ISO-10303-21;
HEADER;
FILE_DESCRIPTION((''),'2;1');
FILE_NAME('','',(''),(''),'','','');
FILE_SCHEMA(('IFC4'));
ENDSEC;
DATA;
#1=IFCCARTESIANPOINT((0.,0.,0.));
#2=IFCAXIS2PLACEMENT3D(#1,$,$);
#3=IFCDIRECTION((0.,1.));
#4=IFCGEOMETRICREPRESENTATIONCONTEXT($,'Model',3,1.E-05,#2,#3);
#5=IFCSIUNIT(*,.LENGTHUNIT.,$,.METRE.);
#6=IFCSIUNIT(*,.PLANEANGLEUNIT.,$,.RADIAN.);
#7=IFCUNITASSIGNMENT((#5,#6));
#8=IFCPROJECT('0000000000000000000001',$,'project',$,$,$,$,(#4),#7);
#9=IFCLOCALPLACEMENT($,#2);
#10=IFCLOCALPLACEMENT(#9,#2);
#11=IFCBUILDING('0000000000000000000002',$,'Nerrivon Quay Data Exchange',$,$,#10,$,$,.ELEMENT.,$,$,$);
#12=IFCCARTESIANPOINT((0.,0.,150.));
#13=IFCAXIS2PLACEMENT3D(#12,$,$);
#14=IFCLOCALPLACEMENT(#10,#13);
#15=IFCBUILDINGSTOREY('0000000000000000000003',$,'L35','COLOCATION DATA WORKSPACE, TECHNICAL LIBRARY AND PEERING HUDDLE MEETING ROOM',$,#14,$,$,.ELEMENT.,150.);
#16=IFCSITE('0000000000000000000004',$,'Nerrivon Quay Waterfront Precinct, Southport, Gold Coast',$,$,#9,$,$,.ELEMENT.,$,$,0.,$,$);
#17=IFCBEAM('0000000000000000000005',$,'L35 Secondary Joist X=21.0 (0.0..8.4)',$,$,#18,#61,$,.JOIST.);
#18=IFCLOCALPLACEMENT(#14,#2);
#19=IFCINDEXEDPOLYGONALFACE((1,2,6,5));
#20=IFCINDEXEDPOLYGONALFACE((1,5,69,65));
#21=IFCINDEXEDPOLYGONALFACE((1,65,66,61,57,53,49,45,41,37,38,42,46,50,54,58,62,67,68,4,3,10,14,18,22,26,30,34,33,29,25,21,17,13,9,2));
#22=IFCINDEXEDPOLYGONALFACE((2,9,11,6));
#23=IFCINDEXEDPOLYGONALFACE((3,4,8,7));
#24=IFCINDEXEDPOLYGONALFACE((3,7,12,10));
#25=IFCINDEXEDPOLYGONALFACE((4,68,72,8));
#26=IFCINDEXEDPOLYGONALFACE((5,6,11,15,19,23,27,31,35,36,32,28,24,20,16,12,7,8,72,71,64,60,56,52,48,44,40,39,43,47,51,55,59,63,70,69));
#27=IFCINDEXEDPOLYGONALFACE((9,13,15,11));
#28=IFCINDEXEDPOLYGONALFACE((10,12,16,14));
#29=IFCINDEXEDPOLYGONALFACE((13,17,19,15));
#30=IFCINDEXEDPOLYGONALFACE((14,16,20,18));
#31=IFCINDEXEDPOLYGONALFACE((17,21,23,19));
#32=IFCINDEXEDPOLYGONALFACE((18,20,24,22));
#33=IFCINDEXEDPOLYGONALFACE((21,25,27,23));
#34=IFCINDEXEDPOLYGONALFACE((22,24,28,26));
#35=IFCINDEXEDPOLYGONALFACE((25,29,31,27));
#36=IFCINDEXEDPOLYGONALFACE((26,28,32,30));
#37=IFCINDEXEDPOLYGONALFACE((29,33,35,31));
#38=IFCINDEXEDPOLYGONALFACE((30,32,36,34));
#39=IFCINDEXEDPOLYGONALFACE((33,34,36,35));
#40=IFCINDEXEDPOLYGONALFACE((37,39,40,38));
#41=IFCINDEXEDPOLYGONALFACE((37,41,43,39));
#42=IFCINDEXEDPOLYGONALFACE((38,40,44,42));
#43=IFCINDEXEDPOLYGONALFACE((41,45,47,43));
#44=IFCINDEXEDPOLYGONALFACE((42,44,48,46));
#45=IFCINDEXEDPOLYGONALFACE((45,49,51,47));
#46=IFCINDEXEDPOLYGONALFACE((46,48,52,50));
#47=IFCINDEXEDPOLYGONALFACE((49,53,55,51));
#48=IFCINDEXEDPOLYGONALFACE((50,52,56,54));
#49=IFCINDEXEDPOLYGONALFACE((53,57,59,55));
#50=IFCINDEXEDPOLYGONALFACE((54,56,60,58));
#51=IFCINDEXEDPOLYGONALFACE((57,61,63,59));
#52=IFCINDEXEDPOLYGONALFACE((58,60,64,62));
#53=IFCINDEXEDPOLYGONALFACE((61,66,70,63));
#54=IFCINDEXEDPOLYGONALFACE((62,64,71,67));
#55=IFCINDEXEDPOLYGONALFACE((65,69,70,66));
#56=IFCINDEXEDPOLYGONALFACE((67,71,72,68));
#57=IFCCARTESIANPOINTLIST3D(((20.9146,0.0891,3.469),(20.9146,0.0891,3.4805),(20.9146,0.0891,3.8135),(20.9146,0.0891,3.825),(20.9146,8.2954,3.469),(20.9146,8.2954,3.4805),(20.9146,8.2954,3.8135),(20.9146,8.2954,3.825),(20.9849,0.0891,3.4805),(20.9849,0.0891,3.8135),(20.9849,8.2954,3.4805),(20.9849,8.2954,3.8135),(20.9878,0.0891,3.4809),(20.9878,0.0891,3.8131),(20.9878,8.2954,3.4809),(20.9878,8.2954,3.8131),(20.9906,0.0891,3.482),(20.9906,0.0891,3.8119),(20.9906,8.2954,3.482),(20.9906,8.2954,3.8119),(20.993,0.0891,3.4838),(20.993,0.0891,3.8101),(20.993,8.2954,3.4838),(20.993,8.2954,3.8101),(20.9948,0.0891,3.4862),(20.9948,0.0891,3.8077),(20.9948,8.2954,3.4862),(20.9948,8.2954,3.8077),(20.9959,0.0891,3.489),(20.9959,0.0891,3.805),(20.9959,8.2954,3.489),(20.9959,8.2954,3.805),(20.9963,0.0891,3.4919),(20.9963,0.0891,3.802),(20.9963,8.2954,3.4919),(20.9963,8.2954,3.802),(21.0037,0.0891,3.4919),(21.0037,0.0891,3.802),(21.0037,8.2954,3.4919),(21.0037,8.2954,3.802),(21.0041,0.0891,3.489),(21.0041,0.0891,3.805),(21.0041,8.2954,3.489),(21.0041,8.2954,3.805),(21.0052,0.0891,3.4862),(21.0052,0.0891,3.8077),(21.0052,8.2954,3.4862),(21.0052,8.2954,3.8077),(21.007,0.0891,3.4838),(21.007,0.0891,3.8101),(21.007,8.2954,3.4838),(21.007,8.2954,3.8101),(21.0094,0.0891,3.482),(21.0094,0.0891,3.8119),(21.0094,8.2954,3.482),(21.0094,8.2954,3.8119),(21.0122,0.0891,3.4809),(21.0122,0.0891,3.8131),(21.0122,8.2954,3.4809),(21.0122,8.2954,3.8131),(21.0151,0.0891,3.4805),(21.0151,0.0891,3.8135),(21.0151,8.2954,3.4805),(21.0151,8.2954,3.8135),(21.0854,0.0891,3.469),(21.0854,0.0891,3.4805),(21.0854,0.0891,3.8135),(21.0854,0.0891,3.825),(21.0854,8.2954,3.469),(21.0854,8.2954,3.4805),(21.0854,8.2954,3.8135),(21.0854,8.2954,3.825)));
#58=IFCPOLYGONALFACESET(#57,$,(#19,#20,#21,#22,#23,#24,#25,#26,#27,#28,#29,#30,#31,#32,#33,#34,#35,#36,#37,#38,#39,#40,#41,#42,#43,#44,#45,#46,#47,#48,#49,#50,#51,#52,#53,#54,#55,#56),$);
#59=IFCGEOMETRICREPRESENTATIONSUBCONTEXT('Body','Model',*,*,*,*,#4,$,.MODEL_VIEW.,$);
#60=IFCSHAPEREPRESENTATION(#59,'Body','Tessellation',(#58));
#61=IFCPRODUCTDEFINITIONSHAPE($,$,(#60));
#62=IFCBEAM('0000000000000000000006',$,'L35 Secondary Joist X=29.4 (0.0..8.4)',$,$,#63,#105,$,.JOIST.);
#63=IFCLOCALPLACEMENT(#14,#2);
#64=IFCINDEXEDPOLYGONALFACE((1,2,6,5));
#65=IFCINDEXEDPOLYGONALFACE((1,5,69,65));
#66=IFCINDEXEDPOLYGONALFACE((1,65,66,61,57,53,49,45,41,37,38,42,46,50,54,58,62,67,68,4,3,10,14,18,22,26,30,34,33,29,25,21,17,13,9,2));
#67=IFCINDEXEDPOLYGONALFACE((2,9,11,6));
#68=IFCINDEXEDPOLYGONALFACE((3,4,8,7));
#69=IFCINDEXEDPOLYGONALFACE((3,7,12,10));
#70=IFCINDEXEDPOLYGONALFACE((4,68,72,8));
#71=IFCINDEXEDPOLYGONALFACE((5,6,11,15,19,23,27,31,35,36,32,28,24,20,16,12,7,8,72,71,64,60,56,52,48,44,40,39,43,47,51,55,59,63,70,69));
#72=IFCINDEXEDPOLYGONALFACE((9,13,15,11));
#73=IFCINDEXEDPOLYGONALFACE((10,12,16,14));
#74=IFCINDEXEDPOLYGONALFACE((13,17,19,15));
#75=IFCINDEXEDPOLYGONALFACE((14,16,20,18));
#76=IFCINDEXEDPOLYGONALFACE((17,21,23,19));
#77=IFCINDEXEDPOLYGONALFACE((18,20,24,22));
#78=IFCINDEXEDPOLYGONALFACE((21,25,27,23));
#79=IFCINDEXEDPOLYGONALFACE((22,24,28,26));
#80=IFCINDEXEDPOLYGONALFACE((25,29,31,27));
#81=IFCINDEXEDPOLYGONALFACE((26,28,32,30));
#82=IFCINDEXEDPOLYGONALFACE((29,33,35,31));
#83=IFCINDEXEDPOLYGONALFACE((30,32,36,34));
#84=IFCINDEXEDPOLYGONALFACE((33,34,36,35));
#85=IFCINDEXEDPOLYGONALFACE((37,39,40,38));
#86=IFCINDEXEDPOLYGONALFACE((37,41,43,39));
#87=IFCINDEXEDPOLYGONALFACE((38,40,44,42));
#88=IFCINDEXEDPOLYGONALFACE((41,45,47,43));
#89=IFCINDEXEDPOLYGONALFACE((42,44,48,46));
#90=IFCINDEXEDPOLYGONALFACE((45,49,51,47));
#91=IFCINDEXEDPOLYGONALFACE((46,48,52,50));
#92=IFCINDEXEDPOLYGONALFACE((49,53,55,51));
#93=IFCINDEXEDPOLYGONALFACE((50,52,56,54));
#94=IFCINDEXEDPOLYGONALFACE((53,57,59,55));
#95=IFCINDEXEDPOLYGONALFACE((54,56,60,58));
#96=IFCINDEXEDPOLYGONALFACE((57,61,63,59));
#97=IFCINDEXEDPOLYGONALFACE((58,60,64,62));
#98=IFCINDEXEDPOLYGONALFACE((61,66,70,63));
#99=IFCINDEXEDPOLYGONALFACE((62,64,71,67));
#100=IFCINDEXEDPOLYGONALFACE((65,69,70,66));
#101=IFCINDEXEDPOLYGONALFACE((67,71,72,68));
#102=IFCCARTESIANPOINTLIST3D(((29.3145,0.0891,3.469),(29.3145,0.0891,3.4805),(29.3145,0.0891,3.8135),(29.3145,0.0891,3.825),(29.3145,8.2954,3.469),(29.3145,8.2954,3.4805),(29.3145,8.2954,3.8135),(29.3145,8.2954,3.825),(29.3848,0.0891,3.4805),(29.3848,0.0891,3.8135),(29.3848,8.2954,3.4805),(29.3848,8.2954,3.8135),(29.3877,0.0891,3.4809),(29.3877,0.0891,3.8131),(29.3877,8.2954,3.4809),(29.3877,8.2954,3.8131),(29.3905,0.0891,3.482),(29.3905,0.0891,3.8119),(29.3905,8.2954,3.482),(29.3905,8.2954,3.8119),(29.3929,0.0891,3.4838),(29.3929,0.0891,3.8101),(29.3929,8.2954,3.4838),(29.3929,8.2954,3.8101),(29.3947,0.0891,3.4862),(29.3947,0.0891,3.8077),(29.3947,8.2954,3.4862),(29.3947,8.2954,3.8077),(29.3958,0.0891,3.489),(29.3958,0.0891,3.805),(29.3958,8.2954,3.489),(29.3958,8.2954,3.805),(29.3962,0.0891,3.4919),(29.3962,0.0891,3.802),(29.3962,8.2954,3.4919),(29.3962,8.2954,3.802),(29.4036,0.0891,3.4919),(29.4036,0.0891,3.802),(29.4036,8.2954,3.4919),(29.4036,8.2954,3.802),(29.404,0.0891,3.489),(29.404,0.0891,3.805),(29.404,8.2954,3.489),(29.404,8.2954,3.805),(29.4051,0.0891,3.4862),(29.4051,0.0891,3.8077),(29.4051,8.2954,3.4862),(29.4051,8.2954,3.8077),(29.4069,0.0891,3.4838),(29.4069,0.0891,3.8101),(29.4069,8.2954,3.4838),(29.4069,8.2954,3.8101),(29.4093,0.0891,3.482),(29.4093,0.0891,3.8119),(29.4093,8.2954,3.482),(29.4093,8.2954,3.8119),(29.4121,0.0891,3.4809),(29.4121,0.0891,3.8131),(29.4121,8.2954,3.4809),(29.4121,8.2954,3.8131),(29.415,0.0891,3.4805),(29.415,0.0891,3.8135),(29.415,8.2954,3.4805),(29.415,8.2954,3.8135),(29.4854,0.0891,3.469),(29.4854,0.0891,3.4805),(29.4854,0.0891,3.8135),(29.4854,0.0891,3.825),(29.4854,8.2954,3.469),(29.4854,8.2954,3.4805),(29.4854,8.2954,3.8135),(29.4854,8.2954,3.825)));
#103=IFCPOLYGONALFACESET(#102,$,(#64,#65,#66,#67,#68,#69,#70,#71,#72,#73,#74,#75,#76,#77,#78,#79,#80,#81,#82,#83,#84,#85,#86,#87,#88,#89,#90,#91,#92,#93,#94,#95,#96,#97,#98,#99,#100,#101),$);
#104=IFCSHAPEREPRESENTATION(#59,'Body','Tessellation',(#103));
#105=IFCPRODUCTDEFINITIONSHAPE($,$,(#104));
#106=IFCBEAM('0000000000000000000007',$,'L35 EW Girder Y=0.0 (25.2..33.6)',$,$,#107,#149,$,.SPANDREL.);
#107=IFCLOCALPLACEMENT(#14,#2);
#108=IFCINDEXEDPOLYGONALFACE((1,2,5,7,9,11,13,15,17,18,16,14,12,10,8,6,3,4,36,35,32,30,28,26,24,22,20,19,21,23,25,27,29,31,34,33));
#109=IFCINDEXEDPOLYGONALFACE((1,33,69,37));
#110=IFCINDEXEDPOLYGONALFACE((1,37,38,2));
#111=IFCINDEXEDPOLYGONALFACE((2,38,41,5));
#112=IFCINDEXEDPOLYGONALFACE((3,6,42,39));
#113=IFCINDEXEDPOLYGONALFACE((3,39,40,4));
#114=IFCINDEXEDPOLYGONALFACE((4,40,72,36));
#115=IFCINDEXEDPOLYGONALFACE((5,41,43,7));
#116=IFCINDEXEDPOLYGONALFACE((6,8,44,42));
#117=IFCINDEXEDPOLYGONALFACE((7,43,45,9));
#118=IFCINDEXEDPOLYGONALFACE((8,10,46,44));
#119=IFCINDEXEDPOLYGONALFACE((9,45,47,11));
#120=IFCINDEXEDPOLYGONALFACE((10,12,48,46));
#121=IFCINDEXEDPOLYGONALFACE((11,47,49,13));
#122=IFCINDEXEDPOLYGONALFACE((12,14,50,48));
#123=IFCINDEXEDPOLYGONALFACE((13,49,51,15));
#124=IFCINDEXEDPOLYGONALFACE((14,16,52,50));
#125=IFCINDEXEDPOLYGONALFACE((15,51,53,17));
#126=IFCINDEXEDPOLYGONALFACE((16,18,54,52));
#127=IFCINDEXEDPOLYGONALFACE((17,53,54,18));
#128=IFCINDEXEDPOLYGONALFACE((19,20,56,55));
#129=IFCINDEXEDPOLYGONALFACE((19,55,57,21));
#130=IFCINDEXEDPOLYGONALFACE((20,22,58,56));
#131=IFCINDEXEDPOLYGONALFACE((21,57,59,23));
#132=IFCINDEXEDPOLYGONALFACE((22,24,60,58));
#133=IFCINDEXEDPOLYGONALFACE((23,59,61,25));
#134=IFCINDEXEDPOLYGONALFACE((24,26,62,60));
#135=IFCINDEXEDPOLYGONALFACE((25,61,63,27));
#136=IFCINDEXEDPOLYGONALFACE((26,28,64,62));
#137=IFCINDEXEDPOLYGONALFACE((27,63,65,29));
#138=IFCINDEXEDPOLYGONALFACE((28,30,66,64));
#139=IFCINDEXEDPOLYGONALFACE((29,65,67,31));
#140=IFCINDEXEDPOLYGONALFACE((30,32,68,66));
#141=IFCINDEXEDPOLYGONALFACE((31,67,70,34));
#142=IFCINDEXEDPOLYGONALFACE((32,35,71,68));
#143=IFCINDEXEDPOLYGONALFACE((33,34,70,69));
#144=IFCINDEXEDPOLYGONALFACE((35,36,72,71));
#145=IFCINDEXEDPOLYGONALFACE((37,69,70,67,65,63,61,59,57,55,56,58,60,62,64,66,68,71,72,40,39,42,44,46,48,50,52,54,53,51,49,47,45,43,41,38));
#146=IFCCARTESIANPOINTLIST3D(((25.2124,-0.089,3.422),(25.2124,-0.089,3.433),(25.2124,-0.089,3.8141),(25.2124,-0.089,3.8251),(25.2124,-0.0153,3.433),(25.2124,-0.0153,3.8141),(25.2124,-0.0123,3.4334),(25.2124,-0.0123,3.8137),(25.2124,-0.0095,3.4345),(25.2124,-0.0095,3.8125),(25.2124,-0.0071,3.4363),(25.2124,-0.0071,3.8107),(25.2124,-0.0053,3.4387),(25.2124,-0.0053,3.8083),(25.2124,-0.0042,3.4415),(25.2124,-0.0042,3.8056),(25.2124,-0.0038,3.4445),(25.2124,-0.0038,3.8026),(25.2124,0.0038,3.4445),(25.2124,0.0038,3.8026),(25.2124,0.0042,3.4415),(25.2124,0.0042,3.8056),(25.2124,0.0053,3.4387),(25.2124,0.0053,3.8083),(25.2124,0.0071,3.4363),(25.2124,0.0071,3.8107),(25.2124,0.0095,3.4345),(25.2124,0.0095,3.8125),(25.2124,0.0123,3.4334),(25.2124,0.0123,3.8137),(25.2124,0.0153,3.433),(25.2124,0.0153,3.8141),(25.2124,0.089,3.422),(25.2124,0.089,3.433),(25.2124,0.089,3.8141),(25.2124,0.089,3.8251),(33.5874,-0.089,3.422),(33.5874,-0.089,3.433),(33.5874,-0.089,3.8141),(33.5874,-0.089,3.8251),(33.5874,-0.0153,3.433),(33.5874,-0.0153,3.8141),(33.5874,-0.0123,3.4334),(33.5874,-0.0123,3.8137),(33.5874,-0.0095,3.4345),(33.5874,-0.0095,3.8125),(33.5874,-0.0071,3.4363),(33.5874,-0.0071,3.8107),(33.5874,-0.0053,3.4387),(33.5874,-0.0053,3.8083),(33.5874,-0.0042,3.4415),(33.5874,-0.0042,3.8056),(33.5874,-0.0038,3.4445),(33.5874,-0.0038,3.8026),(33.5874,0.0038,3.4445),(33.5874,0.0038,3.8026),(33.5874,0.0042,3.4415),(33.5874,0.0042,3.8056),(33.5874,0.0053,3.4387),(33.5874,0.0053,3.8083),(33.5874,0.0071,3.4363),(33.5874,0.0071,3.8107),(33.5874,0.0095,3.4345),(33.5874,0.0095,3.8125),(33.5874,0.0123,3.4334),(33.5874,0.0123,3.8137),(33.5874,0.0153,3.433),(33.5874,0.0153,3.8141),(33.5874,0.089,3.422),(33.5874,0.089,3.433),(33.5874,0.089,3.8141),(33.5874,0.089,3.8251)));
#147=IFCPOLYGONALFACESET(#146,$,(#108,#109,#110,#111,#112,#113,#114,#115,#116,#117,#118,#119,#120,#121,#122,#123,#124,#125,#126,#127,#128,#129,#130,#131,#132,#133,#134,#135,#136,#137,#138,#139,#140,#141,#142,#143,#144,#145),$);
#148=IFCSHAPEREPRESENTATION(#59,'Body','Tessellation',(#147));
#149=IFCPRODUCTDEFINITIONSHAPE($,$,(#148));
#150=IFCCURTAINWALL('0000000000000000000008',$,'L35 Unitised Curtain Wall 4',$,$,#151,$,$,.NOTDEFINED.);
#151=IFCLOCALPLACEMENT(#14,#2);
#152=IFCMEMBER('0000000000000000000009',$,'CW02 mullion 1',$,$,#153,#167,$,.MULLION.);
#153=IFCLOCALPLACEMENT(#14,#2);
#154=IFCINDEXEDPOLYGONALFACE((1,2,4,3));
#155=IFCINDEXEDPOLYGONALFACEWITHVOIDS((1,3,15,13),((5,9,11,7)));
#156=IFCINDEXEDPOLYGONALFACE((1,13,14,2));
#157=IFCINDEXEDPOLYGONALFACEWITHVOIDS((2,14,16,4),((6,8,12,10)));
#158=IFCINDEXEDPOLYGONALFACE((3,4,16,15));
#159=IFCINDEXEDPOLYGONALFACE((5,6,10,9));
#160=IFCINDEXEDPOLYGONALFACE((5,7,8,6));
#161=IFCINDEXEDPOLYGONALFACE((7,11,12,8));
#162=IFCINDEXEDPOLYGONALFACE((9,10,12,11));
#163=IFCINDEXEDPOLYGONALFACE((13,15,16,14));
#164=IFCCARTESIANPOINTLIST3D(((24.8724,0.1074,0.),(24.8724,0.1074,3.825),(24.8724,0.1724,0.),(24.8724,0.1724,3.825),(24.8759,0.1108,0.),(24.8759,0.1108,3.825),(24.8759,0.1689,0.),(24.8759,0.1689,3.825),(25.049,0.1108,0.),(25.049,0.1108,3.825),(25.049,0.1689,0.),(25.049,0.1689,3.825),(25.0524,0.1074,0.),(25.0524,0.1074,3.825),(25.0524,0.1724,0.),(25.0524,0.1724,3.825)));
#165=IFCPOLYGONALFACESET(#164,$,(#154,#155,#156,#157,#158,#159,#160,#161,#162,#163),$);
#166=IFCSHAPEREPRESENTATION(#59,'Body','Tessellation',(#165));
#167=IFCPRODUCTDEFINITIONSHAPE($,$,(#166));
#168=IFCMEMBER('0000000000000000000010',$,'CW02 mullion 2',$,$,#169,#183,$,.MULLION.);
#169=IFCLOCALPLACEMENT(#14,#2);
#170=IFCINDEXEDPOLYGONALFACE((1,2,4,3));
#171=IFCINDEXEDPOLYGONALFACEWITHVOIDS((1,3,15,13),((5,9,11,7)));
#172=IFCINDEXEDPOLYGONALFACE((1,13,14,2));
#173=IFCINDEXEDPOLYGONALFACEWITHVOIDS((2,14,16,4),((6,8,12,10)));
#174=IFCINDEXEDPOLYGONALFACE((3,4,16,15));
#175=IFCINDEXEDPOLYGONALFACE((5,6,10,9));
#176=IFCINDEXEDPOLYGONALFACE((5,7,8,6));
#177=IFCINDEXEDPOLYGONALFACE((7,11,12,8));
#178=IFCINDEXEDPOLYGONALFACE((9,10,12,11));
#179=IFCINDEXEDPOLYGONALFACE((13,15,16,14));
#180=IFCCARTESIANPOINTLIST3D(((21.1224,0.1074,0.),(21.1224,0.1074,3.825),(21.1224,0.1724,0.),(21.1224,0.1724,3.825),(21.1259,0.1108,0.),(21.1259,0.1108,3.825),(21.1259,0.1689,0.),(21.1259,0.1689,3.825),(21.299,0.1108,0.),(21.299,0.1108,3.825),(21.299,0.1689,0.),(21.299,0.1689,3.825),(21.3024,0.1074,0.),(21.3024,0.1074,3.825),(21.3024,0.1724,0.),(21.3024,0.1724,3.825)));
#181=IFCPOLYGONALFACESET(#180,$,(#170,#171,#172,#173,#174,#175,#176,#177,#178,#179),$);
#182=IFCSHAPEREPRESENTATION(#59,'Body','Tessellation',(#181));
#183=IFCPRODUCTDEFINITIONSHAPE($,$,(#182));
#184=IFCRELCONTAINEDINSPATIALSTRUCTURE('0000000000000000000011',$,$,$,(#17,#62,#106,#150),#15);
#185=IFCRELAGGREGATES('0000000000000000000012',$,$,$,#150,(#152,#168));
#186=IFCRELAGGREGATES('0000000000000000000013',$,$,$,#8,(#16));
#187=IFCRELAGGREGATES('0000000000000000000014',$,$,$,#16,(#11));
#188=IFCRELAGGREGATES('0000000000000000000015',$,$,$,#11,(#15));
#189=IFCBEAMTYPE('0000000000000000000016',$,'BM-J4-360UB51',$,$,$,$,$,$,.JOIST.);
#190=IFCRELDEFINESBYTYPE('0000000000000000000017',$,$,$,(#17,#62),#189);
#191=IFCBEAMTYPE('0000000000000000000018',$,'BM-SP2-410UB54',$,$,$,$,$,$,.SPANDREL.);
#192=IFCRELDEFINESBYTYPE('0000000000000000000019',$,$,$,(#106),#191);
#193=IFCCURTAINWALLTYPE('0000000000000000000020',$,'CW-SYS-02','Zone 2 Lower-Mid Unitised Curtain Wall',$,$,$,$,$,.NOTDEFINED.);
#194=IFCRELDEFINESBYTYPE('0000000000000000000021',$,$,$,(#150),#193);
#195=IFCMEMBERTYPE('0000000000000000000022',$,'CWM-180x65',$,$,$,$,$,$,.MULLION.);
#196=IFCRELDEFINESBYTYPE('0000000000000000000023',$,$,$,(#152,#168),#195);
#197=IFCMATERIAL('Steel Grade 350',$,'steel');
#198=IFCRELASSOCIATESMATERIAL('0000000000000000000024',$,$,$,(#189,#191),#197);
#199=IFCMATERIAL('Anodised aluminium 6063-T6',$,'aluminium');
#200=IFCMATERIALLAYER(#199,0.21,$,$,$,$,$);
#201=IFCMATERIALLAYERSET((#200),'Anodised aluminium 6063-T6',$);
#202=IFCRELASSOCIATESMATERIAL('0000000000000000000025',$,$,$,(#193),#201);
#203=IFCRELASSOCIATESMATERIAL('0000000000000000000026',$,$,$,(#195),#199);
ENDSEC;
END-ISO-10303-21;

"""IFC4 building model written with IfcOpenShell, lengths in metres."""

from ifc_helpers import new_model, si_unit, direction, frame, origin, origin_2d, place, context, subcontext, project, spatial, hollow_rectangle, i_section, extrude, material, layer, layer_set, material_profile, profile_set, type_object, element, aggregate, save


model = new_model("IFC4")

# Units and contexts
model_context = context("Model", 3, precision=1e-05, world=origin(), true_north=direction((0.0, 1.0)))
body_context = subcontext(model_context, "Body", "Model", "MODEL_VIEW")
ifc_project = project(units=[si_unit("LENGTHUNIT", "METRE"), si_unit("PLANEANGLEUNIT", "RADIAN")], contexts=[model_context])

# Site, building, storey
site_placement = place(None, origin())
site = spatial("IfcSite", under=ifc_project, at=site_placement, Name="Nerrivon Quay Waterfront Precinct, Southport, Gold Coast", CompositionType="ELEMENT", RefElevation=0.0)
building_placement = place(site_placement, origin())
building = spatial("IfcBuilding", under=site, at=building_placement, Name="Nerrivon Quay Data Exchange", CompositionType="ELEMENT")
storey_placement = place(building_placement, frame((0.0, 0.0, 150.0)))
storey = spatial("IfcBuildingStorey", under=building, at=storey_placement, Name="L35", Description="COLOCATION DATA WORKSPACE, TECHNICAL LIBRARY AND PEERING HUDDLE MEETING ROOM", CompositionType="ELEMENT", Elevation=150.0)

# Shared definitions
ifc_material_1 = material(Name="Steel Grade 350", Category="steel")

# Beams
ifc_material_profile_1 = material_profile(ifc_material_1, i_section(OverallWidth=0.1709, OverallDepth=0.356, WebThickness=0.0073, FlangeThickness=0.0115, FilletRadius=0.0115, at=origin_2d()), Name="360UB50.7")
ifc_profile_set_1 = profile_set([ifc_material_profile_1], Name="Steel Grade 350")
beam_type_1 = type_object("IfcBeamType", Name="BM-J4-360UB51", PredefinedType="JOIST", material=ifc_profile_set_1)
for number, where, z_axis, x_axis, name in (
    (1, (21.0, 0.0891, 3.647), (0.0, 1.0, 0.0), (-1.0, 0.0, 0.0), "L35 Secondary Joist X=21.0 (0.0..8.4)"),
    (2, (29.3999, 0.0891, 3.647), (0.0, 1.0, 0.0), (-1.0, 0.0, 0.0), "L35 Secondary Joist X=29.4 (0.0..8.4)"),
):
    element("IfcBeam", number, at=place(storey_placement, frame(where, z_axis=z_axis, x_axis=x_axis)), inside=storey, type_object=beam_type_1, Name=name, PredefinedType="JOIST", context=body_context, shape_type="SweptSolid", body=[
        extrude(i_section(OverallWidth=0.1709, OverallDepth=0.356, WebThickness=0.0073, FlangeThickness=0.0115, FilletRadius=0.0115, at=origin_2d()), origin(), (0.0, 0.0, 1.0), 8.2063),
    ])
ifc_material_profile_2 = material_profile(ifc_material_1, i_section(OverallWidth=0.178, OverallDepth=0.4031, WebThickness=0.0076, FlangeThickness=0.011, FilletRadius=0.0115, at=origin_2d()), Name="410UB53.7")
ifc_profile_set_2 = profile_set([ifc_material_profile_2], Name="Steel Grade 350")
beam_type_2 = type_object("IfcBeamType", Name="BM-SP2-410UB54", PredefinedType="SPANDREL", material=ifc_profile_set_2)
beam_1_placement = place(storey_placement, frame((25.2124, 0.0, 3.6235), z_axis=(1.0, 0.0, 0.0), x_axis=(0.0, 1.0, 0.0)))
element("IfcBeam", 3, at=beam_1_placement, inside=storey, type_object=beam_type_2, Name="L35 EW Girder Y=0.0 (25.2..33.6)", PredefinedType="SPANDREL", context=body_context, shape_type="SweptSolid", body=[
    extrude(i_section(OverallWidth=0.178, OverallDepth=0.4031, WebThickness=0.0076, FlangeThickness=0.011, FilletRadius=0.0115, at=origin_2d()), origin(), (0.0, 0.0, 1.0), 8.375),
])

# Curtain wall, members
ifc_material_2 = material(Name="Anodised aluminium 6063-T6", Category="aluminium")
ifc_layer_1 = layer(ifc_material_2, 0.21)
ifc_layer_set_1 = layer_set([ifc_layer_1], Name="Anodised aluminium 6063-T6")
curtain_wall_type = type_object("IfcCurtainWallType", Name="CW-SYS-02", Description="Zone 2 Lower-Mid Unitised Curtain Wall", PredefinedType="NOTDEFINED", material=ifc_layer_set_1)
curtain_wall_placement = place(storey_placement, origin())
curtain_wall = element("IfcCurtainWall", 4, at=curtain_wall_placement, inside=storey, type_object=curtain_wall_type, Name="L35 Unitised Curtain Wall 4", PredefinedType="NOTDEFINED")
ifc_material_profile_3 = material_profile(ifc_material_2, hollow_rectangle(XDim=0.0649, YDim=0.1799, WallThickness=0.0034, at=origin_2d()), Name="ALU-MULL-180x65")
ifc_profile_set_3 = profile_set([ifc_material_profile_3], Name="Anodised aluminium 6063-T6")
member_type_1 = type_object("IfcMemberType", Name="CWM-180x65", PredefinedType="MULLION", material=ifc_profile_set_3)
member_1_placement = place(storey_placement, frame((24.9624, 0.1399, 0.0), z_axis=(0.0, 0.0, 1.0), x_axis=(0.0, -1.0, 0.0)))
member_1 = element("IfcMember", 5, at=member_1_placement, type_object=member_type_1, Name="CW02 mullion 1", PredefinedType="MULLION", context=body_context, shape_type="SweptSolid", body=[
    extrude(hollow_rectangle(XDim=0.0649, YDim=0.1799, WallThickness=0.0034, at=origin_2d()), origin(), (0.0, 0.0, 1.0), 3.825),
])
member_2_placement = place(storey_placement, frame((21.2124, 0.1399, 0.0), z_axis=(0.0, 0.0, 1.0), x_axis=(0.0, -1.0, 0.0)))
member_2 = element("IfcMember", 6, at=member_2_placement, type_object=member_type_1, Name="CW02 mullion 2", PredefinedType="MULLION", context=body_context, shape_type="SweptSolid", body=[
    extrude(hollow_rectangle(XDim=0.0649, YDim=0.1799, WallThickness=0.0034, at=origin_2d()), origin(), (0.0, 0.0, 1.0), 3.825),
])
aggregate(curtain_wall, [member_1, member_2])

save(model, "model.ifc")
